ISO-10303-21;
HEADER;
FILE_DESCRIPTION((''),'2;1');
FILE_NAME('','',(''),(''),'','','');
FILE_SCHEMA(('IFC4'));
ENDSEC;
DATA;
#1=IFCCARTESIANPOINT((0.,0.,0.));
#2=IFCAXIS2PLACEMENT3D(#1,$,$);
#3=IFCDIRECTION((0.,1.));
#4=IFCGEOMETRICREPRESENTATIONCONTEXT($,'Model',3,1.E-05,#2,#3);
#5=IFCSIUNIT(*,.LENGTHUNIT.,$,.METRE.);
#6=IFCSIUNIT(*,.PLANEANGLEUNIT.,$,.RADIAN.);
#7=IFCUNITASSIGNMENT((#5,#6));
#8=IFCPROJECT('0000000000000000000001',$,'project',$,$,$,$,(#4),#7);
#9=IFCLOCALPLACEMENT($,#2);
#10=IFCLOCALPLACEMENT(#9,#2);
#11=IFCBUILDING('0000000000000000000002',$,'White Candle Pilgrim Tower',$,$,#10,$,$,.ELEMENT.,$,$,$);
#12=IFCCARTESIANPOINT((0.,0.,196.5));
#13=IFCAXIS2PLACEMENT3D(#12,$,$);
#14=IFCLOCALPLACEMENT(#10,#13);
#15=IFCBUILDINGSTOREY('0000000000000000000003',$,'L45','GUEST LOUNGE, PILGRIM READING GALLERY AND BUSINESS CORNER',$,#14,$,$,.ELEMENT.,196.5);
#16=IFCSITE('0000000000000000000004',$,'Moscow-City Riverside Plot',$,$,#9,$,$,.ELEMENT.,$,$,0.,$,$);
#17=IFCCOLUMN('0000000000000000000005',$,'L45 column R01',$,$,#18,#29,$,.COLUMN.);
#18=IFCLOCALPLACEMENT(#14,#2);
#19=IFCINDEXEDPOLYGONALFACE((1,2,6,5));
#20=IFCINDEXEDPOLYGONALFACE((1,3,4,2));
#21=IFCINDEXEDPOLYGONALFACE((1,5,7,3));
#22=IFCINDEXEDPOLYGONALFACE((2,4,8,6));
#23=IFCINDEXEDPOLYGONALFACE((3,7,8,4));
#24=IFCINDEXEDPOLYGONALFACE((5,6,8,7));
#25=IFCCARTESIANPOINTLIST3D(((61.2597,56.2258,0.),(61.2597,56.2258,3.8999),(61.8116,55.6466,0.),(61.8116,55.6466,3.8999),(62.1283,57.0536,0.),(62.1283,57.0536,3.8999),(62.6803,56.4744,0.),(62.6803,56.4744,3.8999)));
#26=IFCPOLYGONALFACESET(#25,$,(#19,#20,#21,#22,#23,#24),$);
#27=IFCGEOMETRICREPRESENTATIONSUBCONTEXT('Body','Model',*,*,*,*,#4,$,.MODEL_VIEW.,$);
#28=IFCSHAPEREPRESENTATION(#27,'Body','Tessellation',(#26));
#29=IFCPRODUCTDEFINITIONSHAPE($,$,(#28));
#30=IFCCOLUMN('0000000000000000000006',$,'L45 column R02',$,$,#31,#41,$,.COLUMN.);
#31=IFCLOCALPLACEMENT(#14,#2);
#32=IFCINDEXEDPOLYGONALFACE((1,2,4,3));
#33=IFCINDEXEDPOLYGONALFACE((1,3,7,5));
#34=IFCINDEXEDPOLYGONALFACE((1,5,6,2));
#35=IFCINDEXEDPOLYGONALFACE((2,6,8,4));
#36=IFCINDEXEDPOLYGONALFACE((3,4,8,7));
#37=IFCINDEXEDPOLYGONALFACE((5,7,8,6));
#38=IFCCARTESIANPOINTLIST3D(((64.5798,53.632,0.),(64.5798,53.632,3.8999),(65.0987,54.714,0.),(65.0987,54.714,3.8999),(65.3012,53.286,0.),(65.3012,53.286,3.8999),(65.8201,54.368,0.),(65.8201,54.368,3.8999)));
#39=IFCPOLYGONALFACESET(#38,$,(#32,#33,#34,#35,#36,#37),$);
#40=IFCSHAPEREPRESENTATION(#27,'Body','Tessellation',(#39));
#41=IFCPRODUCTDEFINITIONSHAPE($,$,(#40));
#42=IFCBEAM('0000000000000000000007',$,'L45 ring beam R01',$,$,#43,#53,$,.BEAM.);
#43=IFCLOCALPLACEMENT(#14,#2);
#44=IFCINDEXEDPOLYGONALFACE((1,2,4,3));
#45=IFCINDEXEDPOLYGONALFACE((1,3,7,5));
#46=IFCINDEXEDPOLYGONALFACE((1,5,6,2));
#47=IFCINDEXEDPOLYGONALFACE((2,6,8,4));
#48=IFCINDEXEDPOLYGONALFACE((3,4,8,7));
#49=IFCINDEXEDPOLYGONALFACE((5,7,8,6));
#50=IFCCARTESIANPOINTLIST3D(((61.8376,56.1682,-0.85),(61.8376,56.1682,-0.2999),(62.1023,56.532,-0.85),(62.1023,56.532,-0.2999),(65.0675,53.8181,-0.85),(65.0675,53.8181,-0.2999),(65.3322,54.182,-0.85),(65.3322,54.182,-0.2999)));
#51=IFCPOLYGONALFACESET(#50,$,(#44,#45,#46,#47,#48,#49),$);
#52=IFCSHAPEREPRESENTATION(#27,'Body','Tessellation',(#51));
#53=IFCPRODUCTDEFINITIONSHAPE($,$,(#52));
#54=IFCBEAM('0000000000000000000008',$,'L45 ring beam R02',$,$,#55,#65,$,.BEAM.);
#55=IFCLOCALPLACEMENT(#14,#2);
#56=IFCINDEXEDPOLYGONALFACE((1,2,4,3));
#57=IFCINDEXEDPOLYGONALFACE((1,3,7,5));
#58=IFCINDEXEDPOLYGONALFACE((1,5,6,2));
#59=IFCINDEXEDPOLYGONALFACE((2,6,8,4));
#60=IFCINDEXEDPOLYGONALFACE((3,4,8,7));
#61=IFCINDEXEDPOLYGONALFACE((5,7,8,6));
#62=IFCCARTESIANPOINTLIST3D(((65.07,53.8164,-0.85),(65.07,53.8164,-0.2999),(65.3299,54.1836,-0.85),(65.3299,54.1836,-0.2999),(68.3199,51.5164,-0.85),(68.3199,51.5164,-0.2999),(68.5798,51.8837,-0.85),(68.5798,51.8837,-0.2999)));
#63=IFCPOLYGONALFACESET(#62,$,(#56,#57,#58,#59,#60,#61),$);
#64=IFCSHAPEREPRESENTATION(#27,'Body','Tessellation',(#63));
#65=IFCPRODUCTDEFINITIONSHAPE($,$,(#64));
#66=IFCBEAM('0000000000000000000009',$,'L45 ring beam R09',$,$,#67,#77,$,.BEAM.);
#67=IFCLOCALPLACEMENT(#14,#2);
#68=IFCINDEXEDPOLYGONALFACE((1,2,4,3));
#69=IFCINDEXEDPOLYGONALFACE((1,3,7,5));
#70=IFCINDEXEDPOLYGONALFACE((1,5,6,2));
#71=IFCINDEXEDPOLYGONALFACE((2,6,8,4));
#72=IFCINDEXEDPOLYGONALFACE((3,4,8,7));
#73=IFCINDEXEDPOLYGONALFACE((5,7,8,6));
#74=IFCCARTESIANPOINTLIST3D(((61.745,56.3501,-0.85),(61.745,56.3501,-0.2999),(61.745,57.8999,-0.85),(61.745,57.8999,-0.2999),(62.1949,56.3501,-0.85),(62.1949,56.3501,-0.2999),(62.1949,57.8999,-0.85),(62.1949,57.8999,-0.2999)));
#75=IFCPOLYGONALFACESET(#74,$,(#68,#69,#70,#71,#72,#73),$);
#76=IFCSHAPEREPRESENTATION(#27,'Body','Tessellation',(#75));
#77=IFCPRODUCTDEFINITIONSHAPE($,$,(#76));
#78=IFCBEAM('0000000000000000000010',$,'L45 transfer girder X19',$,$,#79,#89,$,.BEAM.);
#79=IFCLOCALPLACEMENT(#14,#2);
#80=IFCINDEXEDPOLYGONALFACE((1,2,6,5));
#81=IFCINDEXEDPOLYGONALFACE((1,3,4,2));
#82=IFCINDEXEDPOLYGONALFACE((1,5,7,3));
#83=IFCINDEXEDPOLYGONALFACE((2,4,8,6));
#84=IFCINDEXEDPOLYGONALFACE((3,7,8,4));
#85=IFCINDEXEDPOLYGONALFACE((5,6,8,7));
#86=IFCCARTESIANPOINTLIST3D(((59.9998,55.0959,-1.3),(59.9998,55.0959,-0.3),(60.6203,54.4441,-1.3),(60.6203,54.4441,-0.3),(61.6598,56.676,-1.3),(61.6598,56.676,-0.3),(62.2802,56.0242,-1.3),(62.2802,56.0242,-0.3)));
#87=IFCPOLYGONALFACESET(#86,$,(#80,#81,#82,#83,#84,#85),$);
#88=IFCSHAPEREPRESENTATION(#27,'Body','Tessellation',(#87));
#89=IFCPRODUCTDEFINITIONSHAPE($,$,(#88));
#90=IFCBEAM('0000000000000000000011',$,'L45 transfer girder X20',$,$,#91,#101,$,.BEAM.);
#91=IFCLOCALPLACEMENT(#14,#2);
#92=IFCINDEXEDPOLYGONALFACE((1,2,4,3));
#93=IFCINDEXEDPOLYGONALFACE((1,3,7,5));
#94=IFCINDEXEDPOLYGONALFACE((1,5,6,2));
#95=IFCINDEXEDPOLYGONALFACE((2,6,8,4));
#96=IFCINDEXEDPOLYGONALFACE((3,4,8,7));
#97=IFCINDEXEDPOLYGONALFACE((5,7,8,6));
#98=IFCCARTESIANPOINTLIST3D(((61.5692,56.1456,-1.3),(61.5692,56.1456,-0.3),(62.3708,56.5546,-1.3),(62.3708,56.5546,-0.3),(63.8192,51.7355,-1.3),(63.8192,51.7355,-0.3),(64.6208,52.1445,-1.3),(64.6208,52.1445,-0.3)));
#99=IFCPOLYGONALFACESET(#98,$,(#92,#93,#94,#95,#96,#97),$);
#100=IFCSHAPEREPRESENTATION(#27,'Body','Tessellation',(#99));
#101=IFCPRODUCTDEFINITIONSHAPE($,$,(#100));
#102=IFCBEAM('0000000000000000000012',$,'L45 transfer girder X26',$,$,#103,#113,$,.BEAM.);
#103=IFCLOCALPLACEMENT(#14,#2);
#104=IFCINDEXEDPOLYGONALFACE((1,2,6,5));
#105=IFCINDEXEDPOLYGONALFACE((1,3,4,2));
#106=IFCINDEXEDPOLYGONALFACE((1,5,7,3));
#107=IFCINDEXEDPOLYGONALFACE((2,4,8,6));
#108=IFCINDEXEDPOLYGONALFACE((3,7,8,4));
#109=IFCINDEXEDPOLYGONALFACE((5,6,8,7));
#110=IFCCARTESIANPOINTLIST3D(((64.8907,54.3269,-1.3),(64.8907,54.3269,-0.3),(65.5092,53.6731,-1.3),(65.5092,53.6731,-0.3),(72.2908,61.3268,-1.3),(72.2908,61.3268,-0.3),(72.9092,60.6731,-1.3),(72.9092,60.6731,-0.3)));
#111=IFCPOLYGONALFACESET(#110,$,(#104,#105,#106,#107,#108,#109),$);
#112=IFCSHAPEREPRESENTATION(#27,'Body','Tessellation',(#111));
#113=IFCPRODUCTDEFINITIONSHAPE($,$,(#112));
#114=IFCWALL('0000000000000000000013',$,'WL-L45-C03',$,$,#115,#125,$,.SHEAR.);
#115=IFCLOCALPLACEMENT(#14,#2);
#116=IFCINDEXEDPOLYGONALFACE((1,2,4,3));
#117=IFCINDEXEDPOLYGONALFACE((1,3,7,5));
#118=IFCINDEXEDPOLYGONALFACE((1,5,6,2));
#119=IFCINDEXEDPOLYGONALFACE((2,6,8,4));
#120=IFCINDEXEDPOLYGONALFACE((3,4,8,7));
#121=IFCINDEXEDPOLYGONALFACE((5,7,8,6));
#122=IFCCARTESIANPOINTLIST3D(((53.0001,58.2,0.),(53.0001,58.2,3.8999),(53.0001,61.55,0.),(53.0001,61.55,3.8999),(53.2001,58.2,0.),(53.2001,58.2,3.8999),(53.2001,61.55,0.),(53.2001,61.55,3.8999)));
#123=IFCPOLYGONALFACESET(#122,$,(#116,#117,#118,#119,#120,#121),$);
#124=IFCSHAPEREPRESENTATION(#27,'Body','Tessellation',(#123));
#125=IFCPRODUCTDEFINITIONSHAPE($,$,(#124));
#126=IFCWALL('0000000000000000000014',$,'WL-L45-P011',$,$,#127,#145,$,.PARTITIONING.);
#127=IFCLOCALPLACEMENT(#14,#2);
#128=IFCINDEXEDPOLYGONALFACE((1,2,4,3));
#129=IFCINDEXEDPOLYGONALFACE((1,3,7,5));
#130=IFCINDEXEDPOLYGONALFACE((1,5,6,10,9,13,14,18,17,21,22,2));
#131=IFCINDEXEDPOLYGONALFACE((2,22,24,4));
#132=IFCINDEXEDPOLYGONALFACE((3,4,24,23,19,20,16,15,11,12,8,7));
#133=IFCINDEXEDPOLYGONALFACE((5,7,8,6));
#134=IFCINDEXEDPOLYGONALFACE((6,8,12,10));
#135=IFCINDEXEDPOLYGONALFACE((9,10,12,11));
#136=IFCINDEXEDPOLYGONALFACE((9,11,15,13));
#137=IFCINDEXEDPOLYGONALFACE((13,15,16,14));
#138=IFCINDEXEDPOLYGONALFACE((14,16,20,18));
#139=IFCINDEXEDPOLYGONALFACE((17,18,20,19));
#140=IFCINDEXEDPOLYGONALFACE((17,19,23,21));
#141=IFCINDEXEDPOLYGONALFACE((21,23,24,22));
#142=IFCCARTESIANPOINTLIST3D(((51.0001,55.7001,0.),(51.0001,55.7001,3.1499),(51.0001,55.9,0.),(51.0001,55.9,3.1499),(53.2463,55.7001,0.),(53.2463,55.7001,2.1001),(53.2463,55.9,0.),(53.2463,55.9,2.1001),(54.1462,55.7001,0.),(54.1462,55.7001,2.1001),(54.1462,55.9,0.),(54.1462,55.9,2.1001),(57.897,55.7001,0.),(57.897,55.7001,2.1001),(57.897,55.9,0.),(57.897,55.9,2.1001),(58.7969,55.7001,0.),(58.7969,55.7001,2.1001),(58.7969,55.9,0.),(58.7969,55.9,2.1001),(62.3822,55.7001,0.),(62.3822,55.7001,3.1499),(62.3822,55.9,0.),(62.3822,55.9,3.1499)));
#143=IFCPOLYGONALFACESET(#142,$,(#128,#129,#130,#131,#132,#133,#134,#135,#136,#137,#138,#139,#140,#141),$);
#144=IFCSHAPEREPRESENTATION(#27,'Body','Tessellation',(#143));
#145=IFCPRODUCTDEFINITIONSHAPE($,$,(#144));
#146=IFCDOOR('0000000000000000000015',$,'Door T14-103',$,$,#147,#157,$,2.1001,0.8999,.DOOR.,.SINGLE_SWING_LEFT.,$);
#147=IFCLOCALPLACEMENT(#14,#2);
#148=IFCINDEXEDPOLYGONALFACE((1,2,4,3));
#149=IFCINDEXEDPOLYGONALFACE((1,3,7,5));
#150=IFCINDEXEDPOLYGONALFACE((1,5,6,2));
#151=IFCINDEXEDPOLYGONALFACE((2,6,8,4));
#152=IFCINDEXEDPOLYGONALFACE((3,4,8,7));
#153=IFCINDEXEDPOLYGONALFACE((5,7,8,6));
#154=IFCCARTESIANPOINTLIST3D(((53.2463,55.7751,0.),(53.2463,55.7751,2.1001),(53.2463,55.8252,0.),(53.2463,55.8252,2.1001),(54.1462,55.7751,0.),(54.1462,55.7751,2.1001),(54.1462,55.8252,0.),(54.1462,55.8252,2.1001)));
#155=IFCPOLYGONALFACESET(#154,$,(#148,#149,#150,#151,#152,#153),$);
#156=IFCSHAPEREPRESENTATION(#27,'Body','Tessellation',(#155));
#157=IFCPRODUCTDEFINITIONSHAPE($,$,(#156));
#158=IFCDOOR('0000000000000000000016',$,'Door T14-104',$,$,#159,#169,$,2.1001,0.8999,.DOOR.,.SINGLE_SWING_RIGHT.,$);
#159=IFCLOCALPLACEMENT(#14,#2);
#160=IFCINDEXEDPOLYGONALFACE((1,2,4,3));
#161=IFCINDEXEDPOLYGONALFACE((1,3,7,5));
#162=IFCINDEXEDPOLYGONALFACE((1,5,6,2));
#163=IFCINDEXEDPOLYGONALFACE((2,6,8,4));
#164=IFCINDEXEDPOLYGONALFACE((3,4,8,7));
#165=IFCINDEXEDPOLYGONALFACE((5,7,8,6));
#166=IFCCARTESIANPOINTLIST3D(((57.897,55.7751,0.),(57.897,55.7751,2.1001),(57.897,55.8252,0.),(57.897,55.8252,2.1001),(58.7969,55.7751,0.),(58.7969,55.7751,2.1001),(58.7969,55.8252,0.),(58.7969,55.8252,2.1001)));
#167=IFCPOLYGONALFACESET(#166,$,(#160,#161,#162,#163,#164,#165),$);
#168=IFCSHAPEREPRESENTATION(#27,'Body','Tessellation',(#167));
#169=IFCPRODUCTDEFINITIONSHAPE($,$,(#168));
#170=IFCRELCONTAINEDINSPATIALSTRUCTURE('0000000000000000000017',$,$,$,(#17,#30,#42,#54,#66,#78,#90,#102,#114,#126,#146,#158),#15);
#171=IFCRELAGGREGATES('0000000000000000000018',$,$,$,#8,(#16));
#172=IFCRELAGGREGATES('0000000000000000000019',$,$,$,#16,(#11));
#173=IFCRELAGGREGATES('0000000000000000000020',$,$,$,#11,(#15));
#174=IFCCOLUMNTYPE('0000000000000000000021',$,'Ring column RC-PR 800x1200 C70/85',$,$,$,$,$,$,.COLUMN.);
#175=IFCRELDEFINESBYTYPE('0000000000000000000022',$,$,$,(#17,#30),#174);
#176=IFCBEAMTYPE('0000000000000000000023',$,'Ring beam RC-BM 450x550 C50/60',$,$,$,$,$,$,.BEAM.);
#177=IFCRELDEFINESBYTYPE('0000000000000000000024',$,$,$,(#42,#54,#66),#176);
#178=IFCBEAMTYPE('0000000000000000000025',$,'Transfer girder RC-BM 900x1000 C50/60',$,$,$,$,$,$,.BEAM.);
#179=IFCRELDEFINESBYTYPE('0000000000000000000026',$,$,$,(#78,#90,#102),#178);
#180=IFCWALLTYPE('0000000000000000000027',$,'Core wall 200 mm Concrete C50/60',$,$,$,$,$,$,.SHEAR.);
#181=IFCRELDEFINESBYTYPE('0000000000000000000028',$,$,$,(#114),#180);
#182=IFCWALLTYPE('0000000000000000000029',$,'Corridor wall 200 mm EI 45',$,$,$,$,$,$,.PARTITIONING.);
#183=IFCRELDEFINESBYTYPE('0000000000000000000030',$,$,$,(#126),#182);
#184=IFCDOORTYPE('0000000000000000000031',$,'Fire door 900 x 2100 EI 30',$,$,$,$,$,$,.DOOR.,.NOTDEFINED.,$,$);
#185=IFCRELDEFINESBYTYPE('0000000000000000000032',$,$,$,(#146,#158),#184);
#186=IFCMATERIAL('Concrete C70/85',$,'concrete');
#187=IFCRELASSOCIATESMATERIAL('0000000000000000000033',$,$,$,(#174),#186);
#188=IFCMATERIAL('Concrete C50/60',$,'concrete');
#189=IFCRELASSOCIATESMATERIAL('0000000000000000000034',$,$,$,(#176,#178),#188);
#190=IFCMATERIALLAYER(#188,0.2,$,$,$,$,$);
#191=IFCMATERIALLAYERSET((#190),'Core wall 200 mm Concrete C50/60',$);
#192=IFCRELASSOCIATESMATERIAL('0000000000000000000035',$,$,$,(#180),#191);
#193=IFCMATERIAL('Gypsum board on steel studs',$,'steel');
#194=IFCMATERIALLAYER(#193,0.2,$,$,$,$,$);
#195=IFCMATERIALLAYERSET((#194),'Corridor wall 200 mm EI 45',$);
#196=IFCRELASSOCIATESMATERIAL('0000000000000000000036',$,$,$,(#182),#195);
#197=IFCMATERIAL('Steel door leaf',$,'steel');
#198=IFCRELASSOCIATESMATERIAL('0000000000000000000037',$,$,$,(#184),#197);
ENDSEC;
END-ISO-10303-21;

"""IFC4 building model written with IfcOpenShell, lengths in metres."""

from ifc_helpers import new_model, si_unit, direction, frame, frame_2d, origin, origin_2d, place, context, subcontext, project, spatial, rectangle, extrude, material, layer, layer_set, material_profile, profile_set, type_object, element, fill, save


model = new_model("IFC4")

# Units and contexts
model_context = context("Model", 3, precision=1e-05, world=origin(), true_north=direction((0.0, 1.0)))
body_context = subcontext(model_context, "Body", "Model", "MODEL_VIEW")
ifc_project = project(units=[si_unit("LENGTHUNIT", "METRE"), si_unit("PLANEANGLEUNIT", "RADIAN")], contexts=[model_context])

# Site, building, storey
site_placement = place(None, origin())
site = spatial("IfcSite", under=ifc_project, at=site_placement, Name="Moscow-City Riverside Plot", CompositionType="ELEMENT", RefElevation=0.0)
building_placement = place(site_placement, origin())
building = spatial("IfcBuilding", under=site, at=building_placement, Name="White Candle Pilgrim Tower", CompositionType="ELEMENT")
storey_placement = place(building_placement, frame((0.0, 0.0, 196.5)))
storey = spatial("IfcBuildingStorey", under=building, at=storey_placement, Name="L45", Description="GUEST LOUNGE, PILGRIM READING GALLERY AND BUSINESS CORNER", CompositionType="ELEMENT", Elevation=196.5)

# Columns
ifc_material_1 = material(Name="Concrete C70/85", Category="concrete")
ifc_material_profile_1 = material_profile(ifc_material_1, rectangle(XDim=0.8, YDim=1.2, at=origin_2d()), Name="RC-PR 800x1200")
ifc_profile_set_1 = profile_set([ifc_material_profile_1], Name="Concrete C70/85")
column_type = type_object("IfcColumnType", Name="Ring column RC-PR 800x1200 C70/85", PredefinedType="COLUMN", material=ifc_profile_set_1)
for number, where, z_axis, x_axis, name in (
    (1, (61.97, 56.3501, 0.0), (0.0, 0.0, 1.0), (-0.689872, 0.723931, 0.0), "L45 column R01"),
    (2, (65.2, 54.0, 0.0), (0.0, 0.0, 1.0), (-0.901689, 0.432385, 0.0), "L45 column R02"),
):
    element("IfcColumn", number, at=place(storey_placement, frame(where, z_axis=z_axis, x_axis=x_axis)), inside=storey, type_object=column_type, Name=name, PredefinedType="COLUMN", context=body_context, shape_type="SweptSolid", body=[
        extrude(rectangle(XDim=0.8, YDim=1.2, at=origin_2d()), origin(), (0.0, 0.0, 1.0), 3.8999),
    ])

# Beams
ifc_material_2 = material(Name="Concrete C50/60", Category="concrete")
ifc_material_profile_2 = material_profile(ifc_material_2, rectangle(XDim=0.45, YDim=0.55, at=origin_2d()), Name="RC-BM 450x550")
ifc_profile_set_2 = profile_set([ifc_material_profile_2], Name="Concrete C50/60")
beam_type_1 = type_object("IfcBeamType", Name="Ring beam RC-BM 450x550 C50/60", PredefinedType="BEAM", material=ifc_profile_set_2)
beam_1_placement = place(storey_placement, frame((61.97, 56.3501, -0.575), z_axis=(0.808614, -0.588339, 0.0), x_axis=(0.588339, 0.808614, 0.0)))
element("IfcBeam", 3, at=beam_1_placement, inside=storey, type_object=beam_type_1, Name="L45 ring beam R01", PredefinedType="BEAM", context=body_context, shape_type="SweptSolid", body=[
    extrude(rectangle(XDim=0.45, YDim=0.55, at=origin_2d()), origin(), (0.0, 0.0, 1.0), 3.9944),
])
beam_2_placement = place(storey_placement, frame((65.2, 54.0, -0.575), z_axis=(0.816265, -0.577677, 0.0), x_axis=(0.577677, 0.816265, 0.0)))
element("IfcBeam", 4, at=beam_2_placement, inside=storey, type_object=beam_type_1, Name="L45 ring beam R02", PredefinedType="BEAM", context=body_context, shape_type="SweptSolid", body=[
    extrude(rectangle(XDim=0.45, YDim=0.55, at=origin_2d()), origin(), (0.0, 0.0, 1.0), 3.9814),
])
beam_3_placement = place(storey_placement, frame((61.97, 56.3501, -0.575), z_axis=(0.0, 1.0, 0.0), x_axis=(-1.0, 0.0, 0.0)))
element("IfcBeam", 5, at=beam_3_placement, inside=storey, type_object=beam_type_1, Name="L45 ring beam R09", PredefinedType="BEAM", context=body_context, shape_type="SweptSolid", body=[
    extrude(rectangle(XDim=0.45, YDim=0.55, at=origin_2d()), origin(), (0.0, 0.0, 1.0), 1.5498),
])
ifc_material_profile_3 = material_profile(ifc_material_2, rectangle(XDim=0.8999, YDim=1.0, at=origin_2d()), Name="RC-BM 900x1000")
ifc_profile_set_3 = profile_set([ifc_material_profile_3], Name="Concrete C50/60")
beam_type_2 = type_object("IfcBeamType", Name="Transfer girder RC-BM 900x1000 C50/60", PredefinedType="BEAM", material=ifc_profile_set_3)
beam_4_placement = place(storey_placement, frame((60.3101, 54.77, -0.8), z_axis=(0.72431, 0.689474, 0.0), x_axis=(-0.689474, 0.72431, 0.0)))
element("IfcBeam", 6, at=beam_4_placement, inside=storey, type_object=beam_type_2, Name="L45 transfer girder X19", PredefinedType="BEAM", context=body_context, shape_type="SweptSolid", body=[
    extrude(rectangle(XDim=0.8999, YDim=1.0, at=origin_2d()), origin(), (0.0, 0.0, 1.0), 2.2917),
])
beam_5_placement = place(storey_placement, frame((61.97, 56.3501, -0.8), z_axis=(0.454458, -0.890768, 0.0), x_axis=(0.890768, 0.454458, 0.0)))
element("IfcBeam", 7, at=beam_5_placement, inside=storey, type_object=beam_type_2, Name="L45 transfer girder X20", PredefinedType="BEAM", context=body_context, shape_type="SweptSolid", body=[
    extrude(rectangle(XDim=0.8999, YDim=1.0, at=origin_2d()), origin(), (0.0, 0.0, 1.0), 4.9509),
])
beam_6_placement = place(storey_placement, frame((65.2, 54.0, -0.8), z_axis=(0.726475, 0.687193, 0.0), x_axis=(-0.687193, 0.726475, 0.0)))
element("IfcBeam", 8, at=beam_6_placement, inside=storey, type_object=beam_type_2, Name="L45 transfer girder X26", PredefinedType="BEAM", context=body_context, shape_type="SweptSolid", body=[
    extrude(rectangle(XDim=0.8999, YDim=1.0, at=origin_2d()), origin(), (0.0, 0.0, 1.0), 10.1863),
])

# Wall
ifc_layer_1 = layer(ifc_material_2, 0.2)
ifc_layer_set_1 = layer_set([ifc_layer_1], Name="Core wall 200 mm Concrete C50/60")
wall_type_1 = type_object("IfcWallType", Name="Core wall 200 mm Concrete C50/60", PredefinedType="SHEAR", material=ifc_layer_set_1)
wall_1_placement = place(storey_placement, frame((53.1001, 58.2, 0.0), z_axis=(0.0, 0.0, 1.0), x_axis=(0.0, 1.0, 0.0)))
element("IfcWall", 9, at=wall_1_placement, inside=storey, type_object=wall_type_1, Name="WL-L45-C03", PredefinedType="SHEAR", context=body_context, shape_type="SweptSolid", body=[
    extrude(rectangle(XDim=3.3501, YDim=0.2, at=frame_2d((1.675, 0.0))), origin(), (0.0, 0.0, 1.0), 3.8999),
])

# Wall, openings, doors
ifc_material_3 = material(Name="Gypsum board on steel studs", Category="steel")
ifc_layer_2 = layer(ifc_material_3, 0.2)
ifc_layer_set_2 = layer_set([ifc_layer_2], Name="Corridor wall 200 mm EI 45")
wall_type_2 = type_object("IfcWallType", Name="Corridor wall 200 mm EI 45", PredefinedType="PARTITIONING", material=ifc_layer_set_2)
wall_2_placement = place(storey_placement, frame((62.3821, 55.8, 0.0), z_axis=(0.0, 0.0, 1.0), x_axis=(-1.0, 0.0, 0.0)))
wall_2 = element("IfcWall", 10, at=wall_2_placement, inside=storey, type_object=wall_type_2, Name="WL-L45-P011", PredefinedType="PARTITIONING", context=body_context, shape_type="SweptSolid", body=[
    extrude(rectangle(XDim=11.3821, YDim=0.2, at=frame_2d((5.6909, 0.0))), origin(), (0.0, 0.0, 1.0), 3.1499),
])
opening_1_placement = place(wall_2_placement, frame((8.2358, 0.0, 0.0)))
opening_1 = element("IfcOpeningElement", 11, at=opening_1_placement, cuts=wall_2, PredefinedType="OPENING", context=body_context, shape_type="SweptSolid", body=[
    extrude(rectangle(XDim=0.8999, YDim=2.1001, at=frame_2d((0.45, 1.05))), frame((0.0, 0.1099, 0.0), z_axis=(0.0, -1.0, 0.0), x_axis=(1.0, 0.0, 0.0)), (0.0, 0.0, 1.0), 0.22),
])
opening_2_placement = place(wall_2_placement, frame((3.5852, 0.0, 0.0)))
opening_2 = element("IfcOpeningElement", 12, at=opening_2_placement, cuts=wall_2, PredefinedType="OPENING", context=body_context, shape_type="SweptSolid", body=[
    extrude(rectangle(XDim=0.8999, YDim=2.1001, at=frame_2d((0.45, 1.05))), frame((0.0, 0.1099, 0.0), z_axis=(0.0, -1.0, 0.0), x_axis=(1.0, 0.0, 0.0)), (0.0, 0.0, 1.0), 0.22),
])
ifc_material_4 = material(Name="Steel door leaf", Category="steel")
door_type_1 = type_object("IfcDoorType", Name="Fire door 900 x 2100 EI 30", OperationType="NOTDEFINED", PredefinedType="DOOR", material=ifc_material_4)
door_1_placement = place(opening_1_placement, origin())
door_1 = element("IfcDoor", 13, at=door_1_placement, inside=storey, type_object=door_type_1, Name="Door T14-103", OperationType="SINGLE_SWING_LEFT", OverallHeight=2.1001, OverallWidth=0.8999, PredefinedType="DOOR", context=body_context, shape_type="SweptSolid", body=[
    extrude(rectangle(XDim=0.8999, YDim=2.1001, at=frame_2d((0.45, 1.05))), frame((0.0, 0.0249, 0.0), z_axis=(0.0, -1.0, 0.0), x_axis=(1.0, 0.0, 0.0)), (0.0, 0.0, 1.0), 0.05),
])
fill(opening_1, door_1)
door_2_placement = place(opening_2_placement, origin())
door_2 = element("IfcDoor", 14, at=door_2_placement, inside=storey, type_object=door_type_1, Name="Door T14-104", OperationType="SINGLE_SWING_RIGHT", OverallHeight=2.1001, OverallWidth=0.8999, PredefinedType="DOOR", context=body_context, shape_type="SweptSolid", body=[
    extrude(rectangle(XDim=0.8999, YDim=2.1001, at=frame_2d((0.45, 1.05))), frame((0.0, 0.0249, 0.0), z_axis=(0.0, -1.0, 0.0), x_axis=(1.0, 0.0, 0.0)), (0.0, 0.0, 1.0), 0.05),
])
fill(opening_2, door_2)

save(model, "model.ifc")
